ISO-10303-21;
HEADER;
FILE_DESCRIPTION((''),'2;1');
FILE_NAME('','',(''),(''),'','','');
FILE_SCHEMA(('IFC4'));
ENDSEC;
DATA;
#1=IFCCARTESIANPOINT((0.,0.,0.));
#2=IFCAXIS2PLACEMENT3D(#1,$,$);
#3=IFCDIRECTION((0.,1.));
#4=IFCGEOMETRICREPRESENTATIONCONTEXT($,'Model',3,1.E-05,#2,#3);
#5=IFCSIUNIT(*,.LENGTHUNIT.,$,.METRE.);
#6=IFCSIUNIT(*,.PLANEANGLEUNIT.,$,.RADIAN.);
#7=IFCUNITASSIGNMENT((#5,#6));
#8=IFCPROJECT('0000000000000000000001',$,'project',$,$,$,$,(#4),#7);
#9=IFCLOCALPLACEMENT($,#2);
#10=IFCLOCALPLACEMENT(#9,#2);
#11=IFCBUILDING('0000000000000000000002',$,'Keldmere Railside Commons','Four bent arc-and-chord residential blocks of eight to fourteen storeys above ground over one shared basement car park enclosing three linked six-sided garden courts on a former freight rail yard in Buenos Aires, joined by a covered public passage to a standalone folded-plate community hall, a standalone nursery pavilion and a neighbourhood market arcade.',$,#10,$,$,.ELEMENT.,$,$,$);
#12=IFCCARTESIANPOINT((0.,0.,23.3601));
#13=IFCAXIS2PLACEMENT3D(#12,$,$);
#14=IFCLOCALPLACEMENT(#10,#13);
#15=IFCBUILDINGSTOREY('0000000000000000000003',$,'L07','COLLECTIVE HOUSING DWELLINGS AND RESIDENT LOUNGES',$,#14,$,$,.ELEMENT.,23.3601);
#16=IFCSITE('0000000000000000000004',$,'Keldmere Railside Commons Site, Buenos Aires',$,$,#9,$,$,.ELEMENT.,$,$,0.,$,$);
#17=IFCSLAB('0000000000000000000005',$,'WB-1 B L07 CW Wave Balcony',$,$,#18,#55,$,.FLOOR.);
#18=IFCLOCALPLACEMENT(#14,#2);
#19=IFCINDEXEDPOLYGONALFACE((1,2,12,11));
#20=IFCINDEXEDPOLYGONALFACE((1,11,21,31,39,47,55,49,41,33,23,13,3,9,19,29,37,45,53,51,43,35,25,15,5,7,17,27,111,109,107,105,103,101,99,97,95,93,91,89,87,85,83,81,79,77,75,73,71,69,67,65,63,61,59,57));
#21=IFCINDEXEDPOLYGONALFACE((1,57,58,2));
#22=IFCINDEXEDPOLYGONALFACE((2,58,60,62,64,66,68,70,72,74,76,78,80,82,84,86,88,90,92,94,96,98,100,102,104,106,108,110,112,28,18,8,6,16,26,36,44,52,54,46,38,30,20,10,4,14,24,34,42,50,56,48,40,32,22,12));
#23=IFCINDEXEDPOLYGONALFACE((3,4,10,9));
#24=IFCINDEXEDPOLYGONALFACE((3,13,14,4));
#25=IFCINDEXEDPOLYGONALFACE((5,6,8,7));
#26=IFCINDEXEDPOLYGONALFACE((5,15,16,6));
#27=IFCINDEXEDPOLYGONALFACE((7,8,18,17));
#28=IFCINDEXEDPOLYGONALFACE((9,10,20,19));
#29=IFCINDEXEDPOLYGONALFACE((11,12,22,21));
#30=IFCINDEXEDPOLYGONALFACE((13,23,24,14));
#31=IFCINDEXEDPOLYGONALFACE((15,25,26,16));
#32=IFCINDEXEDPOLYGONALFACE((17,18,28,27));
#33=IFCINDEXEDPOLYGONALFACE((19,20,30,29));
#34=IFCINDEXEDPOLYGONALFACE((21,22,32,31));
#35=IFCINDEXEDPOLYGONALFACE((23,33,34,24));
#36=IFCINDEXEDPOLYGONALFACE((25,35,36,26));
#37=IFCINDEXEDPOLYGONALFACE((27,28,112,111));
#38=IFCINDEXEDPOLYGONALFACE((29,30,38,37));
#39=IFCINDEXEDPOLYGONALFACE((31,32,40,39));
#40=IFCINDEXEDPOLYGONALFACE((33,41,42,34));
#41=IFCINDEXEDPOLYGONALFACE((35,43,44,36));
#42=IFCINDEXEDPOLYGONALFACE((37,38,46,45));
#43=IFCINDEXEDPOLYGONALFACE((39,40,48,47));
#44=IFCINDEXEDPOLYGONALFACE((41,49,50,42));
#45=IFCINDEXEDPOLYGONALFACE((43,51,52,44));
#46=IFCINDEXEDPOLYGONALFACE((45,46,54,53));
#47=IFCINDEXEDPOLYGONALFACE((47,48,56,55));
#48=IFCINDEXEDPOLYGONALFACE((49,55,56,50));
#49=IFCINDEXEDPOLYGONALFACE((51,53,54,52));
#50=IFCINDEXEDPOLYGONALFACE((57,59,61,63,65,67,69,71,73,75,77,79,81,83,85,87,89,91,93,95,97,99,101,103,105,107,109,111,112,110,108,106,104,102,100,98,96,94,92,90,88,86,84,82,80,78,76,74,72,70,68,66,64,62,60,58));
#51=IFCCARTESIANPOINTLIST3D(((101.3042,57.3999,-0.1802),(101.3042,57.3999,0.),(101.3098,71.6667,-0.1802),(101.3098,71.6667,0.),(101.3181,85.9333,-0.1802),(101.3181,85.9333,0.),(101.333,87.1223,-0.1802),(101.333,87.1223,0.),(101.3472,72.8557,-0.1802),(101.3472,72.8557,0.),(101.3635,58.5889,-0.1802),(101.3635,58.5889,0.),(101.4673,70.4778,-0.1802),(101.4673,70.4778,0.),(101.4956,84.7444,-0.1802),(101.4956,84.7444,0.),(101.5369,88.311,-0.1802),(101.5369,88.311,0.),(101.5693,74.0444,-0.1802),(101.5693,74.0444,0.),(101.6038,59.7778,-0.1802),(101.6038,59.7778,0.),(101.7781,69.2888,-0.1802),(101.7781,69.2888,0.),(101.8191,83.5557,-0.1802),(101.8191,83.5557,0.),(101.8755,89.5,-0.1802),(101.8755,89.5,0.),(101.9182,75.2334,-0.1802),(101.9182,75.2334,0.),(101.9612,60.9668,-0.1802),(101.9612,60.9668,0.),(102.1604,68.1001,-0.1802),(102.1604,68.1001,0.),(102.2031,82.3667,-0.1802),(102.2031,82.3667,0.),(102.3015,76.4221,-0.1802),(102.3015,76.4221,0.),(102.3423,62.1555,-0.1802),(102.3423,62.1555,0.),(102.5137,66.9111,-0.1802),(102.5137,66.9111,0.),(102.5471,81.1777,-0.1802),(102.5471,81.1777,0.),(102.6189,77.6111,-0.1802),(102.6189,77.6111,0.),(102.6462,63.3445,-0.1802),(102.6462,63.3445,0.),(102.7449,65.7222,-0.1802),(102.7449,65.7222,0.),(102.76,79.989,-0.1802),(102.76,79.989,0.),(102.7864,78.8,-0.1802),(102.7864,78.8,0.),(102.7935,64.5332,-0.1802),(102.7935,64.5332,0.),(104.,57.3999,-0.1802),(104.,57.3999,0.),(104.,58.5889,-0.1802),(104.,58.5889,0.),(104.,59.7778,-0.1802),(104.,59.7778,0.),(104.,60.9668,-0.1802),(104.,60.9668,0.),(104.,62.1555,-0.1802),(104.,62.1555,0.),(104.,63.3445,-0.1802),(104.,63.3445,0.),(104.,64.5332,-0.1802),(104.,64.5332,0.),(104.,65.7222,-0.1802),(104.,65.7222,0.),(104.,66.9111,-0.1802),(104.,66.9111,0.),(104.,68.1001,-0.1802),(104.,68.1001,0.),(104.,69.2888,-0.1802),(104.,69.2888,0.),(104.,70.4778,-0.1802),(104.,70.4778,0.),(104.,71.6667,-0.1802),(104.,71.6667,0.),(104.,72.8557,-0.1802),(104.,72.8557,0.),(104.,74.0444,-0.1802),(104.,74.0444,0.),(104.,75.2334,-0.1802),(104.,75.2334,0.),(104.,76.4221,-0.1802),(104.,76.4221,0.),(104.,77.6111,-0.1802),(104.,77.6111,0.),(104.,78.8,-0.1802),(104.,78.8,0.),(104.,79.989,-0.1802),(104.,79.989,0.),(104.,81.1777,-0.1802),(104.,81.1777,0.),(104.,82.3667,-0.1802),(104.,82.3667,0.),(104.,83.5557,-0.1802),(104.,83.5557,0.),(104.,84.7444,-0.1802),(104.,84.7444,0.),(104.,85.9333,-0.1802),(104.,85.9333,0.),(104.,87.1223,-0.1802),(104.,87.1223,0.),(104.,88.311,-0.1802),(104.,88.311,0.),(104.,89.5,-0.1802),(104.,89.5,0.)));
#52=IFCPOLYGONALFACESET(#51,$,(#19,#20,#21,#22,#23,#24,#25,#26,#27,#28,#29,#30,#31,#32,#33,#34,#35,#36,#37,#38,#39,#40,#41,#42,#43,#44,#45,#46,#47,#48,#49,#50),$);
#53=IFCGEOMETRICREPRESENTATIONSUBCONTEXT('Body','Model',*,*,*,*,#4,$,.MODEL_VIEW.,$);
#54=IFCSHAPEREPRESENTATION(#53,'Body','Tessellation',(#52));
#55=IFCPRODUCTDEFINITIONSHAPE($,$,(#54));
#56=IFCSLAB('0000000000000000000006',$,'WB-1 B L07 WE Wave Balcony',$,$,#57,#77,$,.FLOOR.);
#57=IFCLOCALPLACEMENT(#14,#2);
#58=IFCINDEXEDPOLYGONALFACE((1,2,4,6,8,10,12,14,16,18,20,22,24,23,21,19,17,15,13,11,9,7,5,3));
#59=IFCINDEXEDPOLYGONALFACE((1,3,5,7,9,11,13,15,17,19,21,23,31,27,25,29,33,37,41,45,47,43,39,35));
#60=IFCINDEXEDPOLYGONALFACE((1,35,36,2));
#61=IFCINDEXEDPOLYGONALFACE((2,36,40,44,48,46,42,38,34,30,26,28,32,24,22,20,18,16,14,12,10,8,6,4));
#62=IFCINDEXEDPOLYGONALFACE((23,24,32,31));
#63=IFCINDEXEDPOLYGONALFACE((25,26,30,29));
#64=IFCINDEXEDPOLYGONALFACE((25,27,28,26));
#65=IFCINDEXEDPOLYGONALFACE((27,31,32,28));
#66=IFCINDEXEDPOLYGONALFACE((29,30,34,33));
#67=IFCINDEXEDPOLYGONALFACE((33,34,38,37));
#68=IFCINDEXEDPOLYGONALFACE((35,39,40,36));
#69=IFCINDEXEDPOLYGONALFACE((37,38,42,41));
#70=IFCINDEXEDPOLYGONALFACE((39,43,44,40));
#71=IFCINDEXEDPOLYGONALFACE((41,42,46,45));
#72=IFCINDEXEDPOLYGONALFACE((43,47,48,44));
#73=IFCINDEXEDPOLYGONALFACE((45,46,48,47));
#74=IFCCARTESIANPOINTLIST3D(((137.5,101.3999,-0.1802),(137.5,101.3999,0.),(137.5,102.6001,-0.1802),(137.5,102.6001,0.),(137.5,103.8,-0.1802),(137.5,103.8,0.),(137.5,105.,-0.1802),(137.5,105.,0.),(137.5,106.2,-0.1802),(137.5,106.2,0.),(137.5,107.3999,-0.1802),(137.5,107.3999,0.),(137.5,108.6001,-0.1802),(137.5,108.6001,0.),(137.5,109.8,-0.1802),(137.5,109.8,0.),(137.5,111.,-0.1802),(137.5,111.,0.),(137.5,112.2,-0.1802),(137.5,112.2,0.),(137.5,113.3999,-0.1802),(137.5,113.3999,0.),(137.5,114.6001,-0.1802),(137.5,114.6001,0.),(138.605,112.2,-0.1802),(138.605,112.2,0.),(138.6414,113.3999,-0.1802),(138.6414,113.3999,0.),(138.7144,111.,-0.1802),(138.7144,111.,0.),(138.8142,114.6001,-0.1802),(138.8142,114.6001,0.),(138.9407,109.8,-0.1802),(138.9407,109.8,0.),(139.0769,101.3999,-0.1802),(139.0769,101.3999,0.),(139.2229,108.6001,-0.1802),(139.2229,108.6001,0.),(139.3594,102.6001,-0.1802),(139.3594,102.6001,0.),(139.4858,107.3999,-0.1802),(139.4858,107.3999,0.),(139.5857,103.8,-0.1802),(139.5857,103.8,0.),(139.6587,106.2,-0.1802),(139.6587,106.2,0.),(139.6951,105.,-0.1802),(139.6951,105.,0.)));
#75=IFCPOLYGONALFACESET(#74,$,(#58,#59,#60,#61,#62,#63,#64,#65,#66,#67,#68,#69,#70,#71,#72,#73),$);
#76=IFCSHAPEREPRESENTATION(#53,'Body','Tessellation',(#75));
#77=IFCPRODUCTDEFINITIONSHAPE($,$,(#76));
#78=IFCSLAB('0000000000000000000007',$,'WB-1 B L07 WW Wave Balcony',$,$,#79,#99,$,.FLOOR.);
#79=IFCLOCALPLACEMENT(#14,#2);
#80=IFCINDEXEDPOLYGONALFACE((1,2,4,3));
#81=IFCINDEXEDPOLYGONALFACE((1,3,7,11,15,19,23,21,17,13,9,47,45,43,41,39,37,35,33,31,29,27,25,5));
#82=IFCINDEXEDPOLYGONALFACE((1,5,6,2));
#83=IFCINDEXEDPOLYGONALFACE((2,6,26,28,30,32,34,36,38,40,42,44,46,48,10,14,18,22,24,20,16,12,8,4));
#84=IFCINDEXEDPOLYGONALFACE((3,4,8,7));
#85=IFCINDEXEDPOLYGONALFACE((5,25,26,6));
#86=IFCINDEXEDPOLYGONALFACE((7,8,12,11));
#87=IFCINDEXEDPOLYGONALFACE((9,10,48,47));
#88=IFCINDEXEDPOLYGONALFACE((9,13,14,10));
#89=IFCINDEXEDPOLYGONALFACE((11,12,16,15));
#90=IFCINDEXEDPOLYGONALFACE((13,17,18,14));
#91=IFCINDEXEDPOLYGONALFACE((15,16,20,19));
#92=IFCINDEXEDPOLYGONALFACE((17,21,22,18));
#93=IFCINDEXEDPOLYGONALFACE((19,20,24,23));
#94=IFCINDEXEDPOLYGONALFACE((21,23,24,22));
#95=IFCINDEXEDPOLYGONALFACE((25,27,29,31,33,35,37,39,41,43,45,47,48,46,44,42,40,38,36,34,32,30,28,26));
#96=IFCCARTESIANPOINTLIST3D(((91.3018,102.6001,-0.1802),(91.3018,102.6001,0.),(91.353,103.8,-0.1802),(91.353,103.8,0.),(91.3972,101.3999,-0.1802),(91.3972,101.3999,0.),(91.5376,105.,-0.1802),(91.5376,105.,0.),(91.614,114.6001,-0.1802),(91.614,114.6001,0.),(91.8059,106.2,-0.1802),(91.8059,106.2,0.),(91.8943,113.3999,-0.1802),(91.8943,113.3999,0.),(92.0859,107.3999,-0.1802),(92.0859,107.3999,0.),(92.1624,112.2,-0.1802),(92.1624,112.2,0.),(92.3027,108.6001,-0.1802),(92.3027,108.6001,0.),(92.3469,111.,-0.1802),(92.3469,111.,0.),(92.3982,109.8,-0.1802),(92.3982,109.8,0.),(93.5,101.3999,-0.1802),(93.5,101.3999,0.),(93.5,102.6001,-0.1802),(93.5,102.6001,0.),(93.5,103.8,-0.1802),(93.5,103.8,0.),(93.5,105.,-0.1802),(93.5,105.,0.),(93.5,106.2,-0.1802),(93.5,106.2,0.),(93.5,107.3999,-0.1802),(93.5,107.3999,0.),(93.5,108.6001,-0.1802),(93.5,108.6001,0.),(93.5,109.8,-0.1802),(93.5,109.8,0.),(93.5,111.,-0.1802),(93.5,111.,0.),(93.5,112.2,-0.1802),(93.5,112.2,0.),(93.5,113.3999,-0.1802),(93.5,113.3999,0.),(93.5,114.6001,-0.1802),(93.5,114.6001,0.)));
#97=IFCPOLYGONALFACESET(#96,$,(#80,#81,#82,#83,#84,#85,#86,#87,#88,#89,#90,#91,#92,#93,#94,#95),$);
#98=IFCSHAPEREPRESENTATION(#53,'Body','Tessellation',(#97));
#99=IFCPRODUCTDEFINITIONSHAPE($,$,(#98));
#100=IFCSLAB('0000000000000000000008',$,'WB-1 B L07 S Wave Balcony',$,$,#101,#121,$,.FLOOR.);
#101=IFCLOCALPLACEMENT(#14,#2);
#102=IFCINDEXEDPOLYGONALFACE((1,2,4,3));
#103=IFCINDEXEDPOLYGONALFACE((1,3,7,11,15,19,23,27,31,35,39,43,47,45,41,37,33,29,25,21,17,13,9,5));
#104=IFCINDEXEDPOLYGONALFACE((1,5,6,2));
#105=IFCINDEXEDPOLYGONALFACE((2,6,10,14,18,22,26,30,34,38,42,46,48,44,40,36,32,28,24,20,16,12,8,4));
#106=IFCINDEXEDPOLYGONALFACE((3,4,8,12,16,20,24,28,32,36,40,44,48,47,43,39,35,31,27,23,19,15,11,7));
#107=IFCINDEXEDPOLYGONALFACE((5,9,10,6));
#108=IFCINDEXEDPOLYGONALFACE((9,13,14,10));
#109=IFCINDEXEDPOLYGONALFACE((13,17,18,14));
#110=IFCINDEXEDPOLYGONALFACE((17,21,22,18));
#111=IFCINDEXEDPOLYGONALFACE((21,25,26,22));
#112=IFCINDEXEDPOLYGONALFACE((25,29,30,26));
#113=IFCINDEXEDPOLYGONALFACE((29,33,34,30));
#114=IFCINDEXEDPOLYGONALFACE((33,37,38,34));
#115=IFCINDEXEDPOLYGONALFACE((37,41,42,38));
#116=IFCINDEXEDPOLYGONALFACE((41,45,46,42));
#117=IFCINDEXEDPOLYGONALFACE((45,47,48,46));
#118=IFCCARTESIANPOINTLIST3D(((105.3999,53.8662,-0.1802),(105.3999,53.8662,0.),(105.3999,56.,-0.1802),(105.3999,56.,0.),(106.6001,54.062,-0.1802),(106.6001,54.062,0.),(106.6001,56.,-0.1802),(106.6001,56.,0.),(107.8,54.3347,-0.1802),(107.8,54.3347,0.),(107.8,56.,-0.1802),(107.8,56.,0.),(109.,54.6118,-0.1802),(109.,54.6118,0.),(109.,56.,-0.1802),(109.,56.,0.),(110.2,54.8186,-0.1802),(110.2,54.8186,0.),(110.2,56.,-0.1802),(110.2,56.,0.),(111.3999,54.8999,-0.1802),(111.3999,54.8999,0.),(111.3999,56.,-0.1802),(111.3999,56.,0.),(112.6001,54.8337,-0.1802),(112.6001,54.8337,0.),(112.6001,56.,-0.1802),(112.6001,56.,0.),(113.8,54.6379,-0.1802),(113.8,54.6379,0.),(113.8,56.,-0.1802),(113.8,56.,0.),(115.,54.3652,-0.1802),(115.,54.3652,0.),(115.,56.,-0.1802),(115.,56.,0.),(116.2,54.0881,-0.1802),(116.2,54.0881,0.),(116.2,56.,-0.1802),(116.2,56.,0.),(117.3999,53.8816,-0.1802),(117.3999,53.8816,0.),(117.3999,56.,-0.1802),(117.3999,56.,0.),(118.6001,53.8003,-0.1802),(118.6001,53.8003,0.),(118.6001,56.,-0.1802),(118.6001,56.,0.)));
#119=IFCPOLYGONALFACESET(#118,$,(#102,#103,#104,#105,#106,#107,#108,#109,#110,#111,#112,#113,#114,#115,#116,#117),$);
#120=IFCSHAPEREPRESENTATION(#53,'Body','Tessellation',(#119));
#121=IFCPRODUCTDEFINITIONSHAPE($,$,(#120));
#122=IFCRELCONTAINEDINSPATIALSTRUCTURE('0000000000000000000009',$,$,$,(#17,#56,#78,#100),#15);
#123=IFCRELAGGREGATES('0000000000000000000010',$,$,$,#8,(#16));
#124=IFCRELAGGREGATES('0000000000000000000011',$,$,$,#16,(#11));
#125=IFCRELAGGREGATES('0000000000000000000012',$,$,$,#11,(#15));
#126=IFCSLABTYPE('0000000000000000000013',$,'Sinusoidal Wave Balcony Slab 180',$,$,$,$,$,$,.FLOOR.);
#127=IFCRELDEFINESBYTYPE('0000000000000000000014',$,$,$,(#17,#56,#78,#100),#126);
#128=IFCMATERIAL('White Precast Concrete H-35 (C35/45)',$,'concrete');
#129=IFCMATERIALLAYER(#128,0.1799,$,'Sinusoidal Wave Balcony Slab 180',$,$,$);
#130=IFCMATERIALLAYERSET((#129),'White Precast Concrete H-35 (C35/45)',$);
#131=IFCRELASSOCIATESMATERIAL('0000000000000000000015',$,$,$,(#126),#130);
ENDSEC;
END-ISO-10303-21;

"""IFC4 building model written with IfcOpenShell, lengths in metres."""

from ifc_helpers import new_model, si_unit, direction, frame, origin, place, context, subcontext, project, spatial, polyline, outline, extrude, material, layer, layer_set, type_object, element, save


model = new_model("IFC4")

# Units and contexts
model_context = context("Model", 3, precision=1e-05, world=origin(), true_north=direction((0.0, 1.0)))
body_context = subcontext(model_context, "Body", "Model", "MODEL_VIEW")
ifc_project = project(units=[si_unit("LENGTHUNIT", "METRE"), si_unit("PLANEANGLEUNIT", "RADIAN")], contexts=[model_context])

# Site, building, storey
site_placement = place(None, origin())
site = spatial("IfcSite", under=ifc_project, at=site_placement, Name="Keldmere Railside Commons Site, Buenos Aires", CompositionType="ELEMENT", RefElevation=0.0)
building_placement = place(site_placement, origin())
building = spatial("IfcBuilding", under=site, at=building_placement, Name="Keldmere Railside Commons", Description="Four bent arc-and-chord residential blocks of eight to fourteen storeys above ground over one shared basement car park enclosing three linked six-sided garden courts on a former freight rail yard in Buenos Aires, joined by a covered public passage to a standalone folded-plate community hall, a standalone nursery pavilion and a neighbourhood market arcade.", CompositionType="ELEMENT")
storey_placement = place(building_placement, frame((0.0, 0.0, 23.3601)))
storey = spatial("IfcBuildingStorey", under=building, at=storey_placement, Name="L07", Description="COLLECTIVE HOUSING DWELLINGS AND RESIDENT LOUNGES", CompositionType="ELEMENT", Elevation=23.3601)

# Slabs
ifc_material_1 = material(Name="White Precast Concrete H-35 (C35/45)", Category="concrete")
ifc_layer_1 = layer(ifc_material_1, 0.1799, Name="Sinusoidal Wave Balcony Slab 180")
ifc_layer_set_1 = layer_set([ifc_layer_1], Name="White Precast Concrete H-35 (C35/45)")
slab_type_1 = type_object("IfcSlabType", Name="Sinusoidal Wave Balcony Slab 180", PredefinedType="FLOOR", material=ifc_layer_set_1)
slab_1_placement = place(storey_placement, frame((0.0, 0.0, -0.1802)))
element("IfcSlab", 1, at=slab_1_placement, inside=storey, type_object=slab_type_1, Name="WB-1 B L07 CW Wave Balcony", PredefinedType="FLOOR", context=body_context, shape_type="SweptSolid", body=[
    extrude(outline(polyline([(104.0, 57.3999), (104.0, 58.5889), (104.0, 59.7778), (104.0, 60.9668), (104.0, 62.1555), (104.0, 63.3445), (104.0, 64.5332), (104.0, 65.7222), (104.0, 66.9111), (104.0, 68.1001), (104.0, 69.2888), (104.0, 70.4778), (104.0, 71.6667), (104.0, 72.8557), (104.0, 74.0444), (104.0, 75.2334), (104.0, 76.4221), (104.0, 77.6111), (104.0, 78.8), (104.0, 79.989), (104.0, 81.1777), (104.0, 82.3667), (104.0, 83.5557), (104.0, 84.7444), (104.0, 85.9333), (104.0, 87.1223), (104.0, 88.311), (104.0, 89.5), (101.8755, 89.5), (101.5369, 88.311), (101.333, 87.1223), (101.3181, 85.9333), (101.4956, 84.7444), (101.8191, 83.5557), (102.2031, 82.3667), (102.5471, 81.1777), (102.76, 79.989), (102.7864, 78.8), (102.6189, 77.6111), (102.3015, 76.4221), (101.9182, 75.2334), (101.5693, 74.0444), (101.3472, 72.8557), (101.3098, 71.6667), (101.4673, 70.4778), (101.7781, 69.2888), (102.1604, 68.1001), (102.5137, 66.9111), (102.7449, 65.7222), (102.7935, 64.5332), (102.6462, 63.3445), (102.3423, 62.1555), (101.9612, 60.9668), (101.6038, 59.7778), (101.3635, 58.5889), (101.3042, 57.3999), (104.0, 57.3999)])), origin(), (0.0, 0.0, 1.0), 0.1802),
])
slab_2_placement = place(storey_placement, frame((0.0, 0.0, -0.1802)))
element("IfcSlab", 2, at=slab_2_placement, inside=storey, type_object=slab_type_1, Name="WB-1 B L07 WE Wave Balcony", PredefinedType="FLOOR", context=body_context, shape_type="SweptSolid", body=[
    extrude(outline(polyline([(139.0769, 101.3999), (139.3594, 102.6001), (139.5857, 103.8), (139.6951, 105.0), (139.6587, 106.2), (139.4858, 107.3999), (139.2229, 108.6001), (138.9407, 109.8), (138.7144, 111.0), (138.605, 112.2), (138.6414, 113.3999), (138.8142, 114.6001), (137.5, 114.6001), (137.5, 113.3999), (137.5, 112.2), (137.5, 111.0), (137.5, 109.8), (137.5, 108.6001), (137.5, 107.3999), (137.5, 106.2), (137.5, 105.0), (137.5, 103.8), (137.5, 102.6001), (137.5, 101.3999), (139.0769, 101.3999)])), origin(), (0.0, 0.0, 1.0), 0.1802),
])
slab_3_placement = place(storey_placement, frame((0.0, 0.0, -0.1802)))
element("IfcSlab", 3, at=slab_3_placement, inside=storey, type_object=slab_type_1, Name="WB-1 B L07 WW Wave Balcony", PredefinedType="FLOOR", context=body_context, shape_type="SweptSolid", body=[
    extrude(outline(polyline([(93.5, 101.3999), (93.5, 102.6001), (93.5, 103.8), (93.5, 105.0), (93.5, 106.2), (93.5, 107.3999), (93.5, 108.6001), (93.5, 109.8), (93.5, 111.0), (93.5, 112.2), (93.5, 113.3999), (93.5, 114.6001), (91.614, 114.6001), (91.8943, 113.3999), (92.1624, 112.2), (92.3469, 111.0), (92.3982, 109.8), (92.3027, 108.6001), (92.0859, 107.3999), (91.8059, 106.2), (91.5376, 105.0), (91.353, 103.8), (91.3018, 102.6001), (91.3972, 101.3999), (93.5, 101.3999)])), origin(), (0.0, 0.0, 1.0), 0.1802),
])
slab_4_placement = place(storey_placement, frame((0.0, 0.0, -0.1802)))
element("IfcSlab", 4, at=slab_4_placement, inside=storey, type_object=slab_type_1, Name="WB-1 B L07 S Wave Balcony", PredefinedType="FLOOR", context=body_context, shape_type="SweptSolid", body=[
    extrude(outline(polyline([(105.3999, 53.8662), (106.6001, 54.062), (107.8, 54.3347), (109.0, 54.6118), (110.2, 54.8186), (111.3999, 54.8999), (112.6001, 54.8337), (113.8, 54.6379), (115.0, 54.3652), (116.2, 54.0881), (117.3999, 53.8816), (118.6001, 53.8003), (118.6001, 56.0), (117.3999, 56.0), (116.2, 56.0), (115.0, 56.0), (113.8, 56.0), (112.6001, 56.0), (111.3999, 56.0), (110.2, 56.0), (109.0, 56.0), (107.8, 56.0), (106.6001, 56.0), (105.3999, 56.0), (105.3999, 53.8662)])), origin(), (0.0, 0.0, 1.0), 0.1802),
])

save(model, "model.ifc")
